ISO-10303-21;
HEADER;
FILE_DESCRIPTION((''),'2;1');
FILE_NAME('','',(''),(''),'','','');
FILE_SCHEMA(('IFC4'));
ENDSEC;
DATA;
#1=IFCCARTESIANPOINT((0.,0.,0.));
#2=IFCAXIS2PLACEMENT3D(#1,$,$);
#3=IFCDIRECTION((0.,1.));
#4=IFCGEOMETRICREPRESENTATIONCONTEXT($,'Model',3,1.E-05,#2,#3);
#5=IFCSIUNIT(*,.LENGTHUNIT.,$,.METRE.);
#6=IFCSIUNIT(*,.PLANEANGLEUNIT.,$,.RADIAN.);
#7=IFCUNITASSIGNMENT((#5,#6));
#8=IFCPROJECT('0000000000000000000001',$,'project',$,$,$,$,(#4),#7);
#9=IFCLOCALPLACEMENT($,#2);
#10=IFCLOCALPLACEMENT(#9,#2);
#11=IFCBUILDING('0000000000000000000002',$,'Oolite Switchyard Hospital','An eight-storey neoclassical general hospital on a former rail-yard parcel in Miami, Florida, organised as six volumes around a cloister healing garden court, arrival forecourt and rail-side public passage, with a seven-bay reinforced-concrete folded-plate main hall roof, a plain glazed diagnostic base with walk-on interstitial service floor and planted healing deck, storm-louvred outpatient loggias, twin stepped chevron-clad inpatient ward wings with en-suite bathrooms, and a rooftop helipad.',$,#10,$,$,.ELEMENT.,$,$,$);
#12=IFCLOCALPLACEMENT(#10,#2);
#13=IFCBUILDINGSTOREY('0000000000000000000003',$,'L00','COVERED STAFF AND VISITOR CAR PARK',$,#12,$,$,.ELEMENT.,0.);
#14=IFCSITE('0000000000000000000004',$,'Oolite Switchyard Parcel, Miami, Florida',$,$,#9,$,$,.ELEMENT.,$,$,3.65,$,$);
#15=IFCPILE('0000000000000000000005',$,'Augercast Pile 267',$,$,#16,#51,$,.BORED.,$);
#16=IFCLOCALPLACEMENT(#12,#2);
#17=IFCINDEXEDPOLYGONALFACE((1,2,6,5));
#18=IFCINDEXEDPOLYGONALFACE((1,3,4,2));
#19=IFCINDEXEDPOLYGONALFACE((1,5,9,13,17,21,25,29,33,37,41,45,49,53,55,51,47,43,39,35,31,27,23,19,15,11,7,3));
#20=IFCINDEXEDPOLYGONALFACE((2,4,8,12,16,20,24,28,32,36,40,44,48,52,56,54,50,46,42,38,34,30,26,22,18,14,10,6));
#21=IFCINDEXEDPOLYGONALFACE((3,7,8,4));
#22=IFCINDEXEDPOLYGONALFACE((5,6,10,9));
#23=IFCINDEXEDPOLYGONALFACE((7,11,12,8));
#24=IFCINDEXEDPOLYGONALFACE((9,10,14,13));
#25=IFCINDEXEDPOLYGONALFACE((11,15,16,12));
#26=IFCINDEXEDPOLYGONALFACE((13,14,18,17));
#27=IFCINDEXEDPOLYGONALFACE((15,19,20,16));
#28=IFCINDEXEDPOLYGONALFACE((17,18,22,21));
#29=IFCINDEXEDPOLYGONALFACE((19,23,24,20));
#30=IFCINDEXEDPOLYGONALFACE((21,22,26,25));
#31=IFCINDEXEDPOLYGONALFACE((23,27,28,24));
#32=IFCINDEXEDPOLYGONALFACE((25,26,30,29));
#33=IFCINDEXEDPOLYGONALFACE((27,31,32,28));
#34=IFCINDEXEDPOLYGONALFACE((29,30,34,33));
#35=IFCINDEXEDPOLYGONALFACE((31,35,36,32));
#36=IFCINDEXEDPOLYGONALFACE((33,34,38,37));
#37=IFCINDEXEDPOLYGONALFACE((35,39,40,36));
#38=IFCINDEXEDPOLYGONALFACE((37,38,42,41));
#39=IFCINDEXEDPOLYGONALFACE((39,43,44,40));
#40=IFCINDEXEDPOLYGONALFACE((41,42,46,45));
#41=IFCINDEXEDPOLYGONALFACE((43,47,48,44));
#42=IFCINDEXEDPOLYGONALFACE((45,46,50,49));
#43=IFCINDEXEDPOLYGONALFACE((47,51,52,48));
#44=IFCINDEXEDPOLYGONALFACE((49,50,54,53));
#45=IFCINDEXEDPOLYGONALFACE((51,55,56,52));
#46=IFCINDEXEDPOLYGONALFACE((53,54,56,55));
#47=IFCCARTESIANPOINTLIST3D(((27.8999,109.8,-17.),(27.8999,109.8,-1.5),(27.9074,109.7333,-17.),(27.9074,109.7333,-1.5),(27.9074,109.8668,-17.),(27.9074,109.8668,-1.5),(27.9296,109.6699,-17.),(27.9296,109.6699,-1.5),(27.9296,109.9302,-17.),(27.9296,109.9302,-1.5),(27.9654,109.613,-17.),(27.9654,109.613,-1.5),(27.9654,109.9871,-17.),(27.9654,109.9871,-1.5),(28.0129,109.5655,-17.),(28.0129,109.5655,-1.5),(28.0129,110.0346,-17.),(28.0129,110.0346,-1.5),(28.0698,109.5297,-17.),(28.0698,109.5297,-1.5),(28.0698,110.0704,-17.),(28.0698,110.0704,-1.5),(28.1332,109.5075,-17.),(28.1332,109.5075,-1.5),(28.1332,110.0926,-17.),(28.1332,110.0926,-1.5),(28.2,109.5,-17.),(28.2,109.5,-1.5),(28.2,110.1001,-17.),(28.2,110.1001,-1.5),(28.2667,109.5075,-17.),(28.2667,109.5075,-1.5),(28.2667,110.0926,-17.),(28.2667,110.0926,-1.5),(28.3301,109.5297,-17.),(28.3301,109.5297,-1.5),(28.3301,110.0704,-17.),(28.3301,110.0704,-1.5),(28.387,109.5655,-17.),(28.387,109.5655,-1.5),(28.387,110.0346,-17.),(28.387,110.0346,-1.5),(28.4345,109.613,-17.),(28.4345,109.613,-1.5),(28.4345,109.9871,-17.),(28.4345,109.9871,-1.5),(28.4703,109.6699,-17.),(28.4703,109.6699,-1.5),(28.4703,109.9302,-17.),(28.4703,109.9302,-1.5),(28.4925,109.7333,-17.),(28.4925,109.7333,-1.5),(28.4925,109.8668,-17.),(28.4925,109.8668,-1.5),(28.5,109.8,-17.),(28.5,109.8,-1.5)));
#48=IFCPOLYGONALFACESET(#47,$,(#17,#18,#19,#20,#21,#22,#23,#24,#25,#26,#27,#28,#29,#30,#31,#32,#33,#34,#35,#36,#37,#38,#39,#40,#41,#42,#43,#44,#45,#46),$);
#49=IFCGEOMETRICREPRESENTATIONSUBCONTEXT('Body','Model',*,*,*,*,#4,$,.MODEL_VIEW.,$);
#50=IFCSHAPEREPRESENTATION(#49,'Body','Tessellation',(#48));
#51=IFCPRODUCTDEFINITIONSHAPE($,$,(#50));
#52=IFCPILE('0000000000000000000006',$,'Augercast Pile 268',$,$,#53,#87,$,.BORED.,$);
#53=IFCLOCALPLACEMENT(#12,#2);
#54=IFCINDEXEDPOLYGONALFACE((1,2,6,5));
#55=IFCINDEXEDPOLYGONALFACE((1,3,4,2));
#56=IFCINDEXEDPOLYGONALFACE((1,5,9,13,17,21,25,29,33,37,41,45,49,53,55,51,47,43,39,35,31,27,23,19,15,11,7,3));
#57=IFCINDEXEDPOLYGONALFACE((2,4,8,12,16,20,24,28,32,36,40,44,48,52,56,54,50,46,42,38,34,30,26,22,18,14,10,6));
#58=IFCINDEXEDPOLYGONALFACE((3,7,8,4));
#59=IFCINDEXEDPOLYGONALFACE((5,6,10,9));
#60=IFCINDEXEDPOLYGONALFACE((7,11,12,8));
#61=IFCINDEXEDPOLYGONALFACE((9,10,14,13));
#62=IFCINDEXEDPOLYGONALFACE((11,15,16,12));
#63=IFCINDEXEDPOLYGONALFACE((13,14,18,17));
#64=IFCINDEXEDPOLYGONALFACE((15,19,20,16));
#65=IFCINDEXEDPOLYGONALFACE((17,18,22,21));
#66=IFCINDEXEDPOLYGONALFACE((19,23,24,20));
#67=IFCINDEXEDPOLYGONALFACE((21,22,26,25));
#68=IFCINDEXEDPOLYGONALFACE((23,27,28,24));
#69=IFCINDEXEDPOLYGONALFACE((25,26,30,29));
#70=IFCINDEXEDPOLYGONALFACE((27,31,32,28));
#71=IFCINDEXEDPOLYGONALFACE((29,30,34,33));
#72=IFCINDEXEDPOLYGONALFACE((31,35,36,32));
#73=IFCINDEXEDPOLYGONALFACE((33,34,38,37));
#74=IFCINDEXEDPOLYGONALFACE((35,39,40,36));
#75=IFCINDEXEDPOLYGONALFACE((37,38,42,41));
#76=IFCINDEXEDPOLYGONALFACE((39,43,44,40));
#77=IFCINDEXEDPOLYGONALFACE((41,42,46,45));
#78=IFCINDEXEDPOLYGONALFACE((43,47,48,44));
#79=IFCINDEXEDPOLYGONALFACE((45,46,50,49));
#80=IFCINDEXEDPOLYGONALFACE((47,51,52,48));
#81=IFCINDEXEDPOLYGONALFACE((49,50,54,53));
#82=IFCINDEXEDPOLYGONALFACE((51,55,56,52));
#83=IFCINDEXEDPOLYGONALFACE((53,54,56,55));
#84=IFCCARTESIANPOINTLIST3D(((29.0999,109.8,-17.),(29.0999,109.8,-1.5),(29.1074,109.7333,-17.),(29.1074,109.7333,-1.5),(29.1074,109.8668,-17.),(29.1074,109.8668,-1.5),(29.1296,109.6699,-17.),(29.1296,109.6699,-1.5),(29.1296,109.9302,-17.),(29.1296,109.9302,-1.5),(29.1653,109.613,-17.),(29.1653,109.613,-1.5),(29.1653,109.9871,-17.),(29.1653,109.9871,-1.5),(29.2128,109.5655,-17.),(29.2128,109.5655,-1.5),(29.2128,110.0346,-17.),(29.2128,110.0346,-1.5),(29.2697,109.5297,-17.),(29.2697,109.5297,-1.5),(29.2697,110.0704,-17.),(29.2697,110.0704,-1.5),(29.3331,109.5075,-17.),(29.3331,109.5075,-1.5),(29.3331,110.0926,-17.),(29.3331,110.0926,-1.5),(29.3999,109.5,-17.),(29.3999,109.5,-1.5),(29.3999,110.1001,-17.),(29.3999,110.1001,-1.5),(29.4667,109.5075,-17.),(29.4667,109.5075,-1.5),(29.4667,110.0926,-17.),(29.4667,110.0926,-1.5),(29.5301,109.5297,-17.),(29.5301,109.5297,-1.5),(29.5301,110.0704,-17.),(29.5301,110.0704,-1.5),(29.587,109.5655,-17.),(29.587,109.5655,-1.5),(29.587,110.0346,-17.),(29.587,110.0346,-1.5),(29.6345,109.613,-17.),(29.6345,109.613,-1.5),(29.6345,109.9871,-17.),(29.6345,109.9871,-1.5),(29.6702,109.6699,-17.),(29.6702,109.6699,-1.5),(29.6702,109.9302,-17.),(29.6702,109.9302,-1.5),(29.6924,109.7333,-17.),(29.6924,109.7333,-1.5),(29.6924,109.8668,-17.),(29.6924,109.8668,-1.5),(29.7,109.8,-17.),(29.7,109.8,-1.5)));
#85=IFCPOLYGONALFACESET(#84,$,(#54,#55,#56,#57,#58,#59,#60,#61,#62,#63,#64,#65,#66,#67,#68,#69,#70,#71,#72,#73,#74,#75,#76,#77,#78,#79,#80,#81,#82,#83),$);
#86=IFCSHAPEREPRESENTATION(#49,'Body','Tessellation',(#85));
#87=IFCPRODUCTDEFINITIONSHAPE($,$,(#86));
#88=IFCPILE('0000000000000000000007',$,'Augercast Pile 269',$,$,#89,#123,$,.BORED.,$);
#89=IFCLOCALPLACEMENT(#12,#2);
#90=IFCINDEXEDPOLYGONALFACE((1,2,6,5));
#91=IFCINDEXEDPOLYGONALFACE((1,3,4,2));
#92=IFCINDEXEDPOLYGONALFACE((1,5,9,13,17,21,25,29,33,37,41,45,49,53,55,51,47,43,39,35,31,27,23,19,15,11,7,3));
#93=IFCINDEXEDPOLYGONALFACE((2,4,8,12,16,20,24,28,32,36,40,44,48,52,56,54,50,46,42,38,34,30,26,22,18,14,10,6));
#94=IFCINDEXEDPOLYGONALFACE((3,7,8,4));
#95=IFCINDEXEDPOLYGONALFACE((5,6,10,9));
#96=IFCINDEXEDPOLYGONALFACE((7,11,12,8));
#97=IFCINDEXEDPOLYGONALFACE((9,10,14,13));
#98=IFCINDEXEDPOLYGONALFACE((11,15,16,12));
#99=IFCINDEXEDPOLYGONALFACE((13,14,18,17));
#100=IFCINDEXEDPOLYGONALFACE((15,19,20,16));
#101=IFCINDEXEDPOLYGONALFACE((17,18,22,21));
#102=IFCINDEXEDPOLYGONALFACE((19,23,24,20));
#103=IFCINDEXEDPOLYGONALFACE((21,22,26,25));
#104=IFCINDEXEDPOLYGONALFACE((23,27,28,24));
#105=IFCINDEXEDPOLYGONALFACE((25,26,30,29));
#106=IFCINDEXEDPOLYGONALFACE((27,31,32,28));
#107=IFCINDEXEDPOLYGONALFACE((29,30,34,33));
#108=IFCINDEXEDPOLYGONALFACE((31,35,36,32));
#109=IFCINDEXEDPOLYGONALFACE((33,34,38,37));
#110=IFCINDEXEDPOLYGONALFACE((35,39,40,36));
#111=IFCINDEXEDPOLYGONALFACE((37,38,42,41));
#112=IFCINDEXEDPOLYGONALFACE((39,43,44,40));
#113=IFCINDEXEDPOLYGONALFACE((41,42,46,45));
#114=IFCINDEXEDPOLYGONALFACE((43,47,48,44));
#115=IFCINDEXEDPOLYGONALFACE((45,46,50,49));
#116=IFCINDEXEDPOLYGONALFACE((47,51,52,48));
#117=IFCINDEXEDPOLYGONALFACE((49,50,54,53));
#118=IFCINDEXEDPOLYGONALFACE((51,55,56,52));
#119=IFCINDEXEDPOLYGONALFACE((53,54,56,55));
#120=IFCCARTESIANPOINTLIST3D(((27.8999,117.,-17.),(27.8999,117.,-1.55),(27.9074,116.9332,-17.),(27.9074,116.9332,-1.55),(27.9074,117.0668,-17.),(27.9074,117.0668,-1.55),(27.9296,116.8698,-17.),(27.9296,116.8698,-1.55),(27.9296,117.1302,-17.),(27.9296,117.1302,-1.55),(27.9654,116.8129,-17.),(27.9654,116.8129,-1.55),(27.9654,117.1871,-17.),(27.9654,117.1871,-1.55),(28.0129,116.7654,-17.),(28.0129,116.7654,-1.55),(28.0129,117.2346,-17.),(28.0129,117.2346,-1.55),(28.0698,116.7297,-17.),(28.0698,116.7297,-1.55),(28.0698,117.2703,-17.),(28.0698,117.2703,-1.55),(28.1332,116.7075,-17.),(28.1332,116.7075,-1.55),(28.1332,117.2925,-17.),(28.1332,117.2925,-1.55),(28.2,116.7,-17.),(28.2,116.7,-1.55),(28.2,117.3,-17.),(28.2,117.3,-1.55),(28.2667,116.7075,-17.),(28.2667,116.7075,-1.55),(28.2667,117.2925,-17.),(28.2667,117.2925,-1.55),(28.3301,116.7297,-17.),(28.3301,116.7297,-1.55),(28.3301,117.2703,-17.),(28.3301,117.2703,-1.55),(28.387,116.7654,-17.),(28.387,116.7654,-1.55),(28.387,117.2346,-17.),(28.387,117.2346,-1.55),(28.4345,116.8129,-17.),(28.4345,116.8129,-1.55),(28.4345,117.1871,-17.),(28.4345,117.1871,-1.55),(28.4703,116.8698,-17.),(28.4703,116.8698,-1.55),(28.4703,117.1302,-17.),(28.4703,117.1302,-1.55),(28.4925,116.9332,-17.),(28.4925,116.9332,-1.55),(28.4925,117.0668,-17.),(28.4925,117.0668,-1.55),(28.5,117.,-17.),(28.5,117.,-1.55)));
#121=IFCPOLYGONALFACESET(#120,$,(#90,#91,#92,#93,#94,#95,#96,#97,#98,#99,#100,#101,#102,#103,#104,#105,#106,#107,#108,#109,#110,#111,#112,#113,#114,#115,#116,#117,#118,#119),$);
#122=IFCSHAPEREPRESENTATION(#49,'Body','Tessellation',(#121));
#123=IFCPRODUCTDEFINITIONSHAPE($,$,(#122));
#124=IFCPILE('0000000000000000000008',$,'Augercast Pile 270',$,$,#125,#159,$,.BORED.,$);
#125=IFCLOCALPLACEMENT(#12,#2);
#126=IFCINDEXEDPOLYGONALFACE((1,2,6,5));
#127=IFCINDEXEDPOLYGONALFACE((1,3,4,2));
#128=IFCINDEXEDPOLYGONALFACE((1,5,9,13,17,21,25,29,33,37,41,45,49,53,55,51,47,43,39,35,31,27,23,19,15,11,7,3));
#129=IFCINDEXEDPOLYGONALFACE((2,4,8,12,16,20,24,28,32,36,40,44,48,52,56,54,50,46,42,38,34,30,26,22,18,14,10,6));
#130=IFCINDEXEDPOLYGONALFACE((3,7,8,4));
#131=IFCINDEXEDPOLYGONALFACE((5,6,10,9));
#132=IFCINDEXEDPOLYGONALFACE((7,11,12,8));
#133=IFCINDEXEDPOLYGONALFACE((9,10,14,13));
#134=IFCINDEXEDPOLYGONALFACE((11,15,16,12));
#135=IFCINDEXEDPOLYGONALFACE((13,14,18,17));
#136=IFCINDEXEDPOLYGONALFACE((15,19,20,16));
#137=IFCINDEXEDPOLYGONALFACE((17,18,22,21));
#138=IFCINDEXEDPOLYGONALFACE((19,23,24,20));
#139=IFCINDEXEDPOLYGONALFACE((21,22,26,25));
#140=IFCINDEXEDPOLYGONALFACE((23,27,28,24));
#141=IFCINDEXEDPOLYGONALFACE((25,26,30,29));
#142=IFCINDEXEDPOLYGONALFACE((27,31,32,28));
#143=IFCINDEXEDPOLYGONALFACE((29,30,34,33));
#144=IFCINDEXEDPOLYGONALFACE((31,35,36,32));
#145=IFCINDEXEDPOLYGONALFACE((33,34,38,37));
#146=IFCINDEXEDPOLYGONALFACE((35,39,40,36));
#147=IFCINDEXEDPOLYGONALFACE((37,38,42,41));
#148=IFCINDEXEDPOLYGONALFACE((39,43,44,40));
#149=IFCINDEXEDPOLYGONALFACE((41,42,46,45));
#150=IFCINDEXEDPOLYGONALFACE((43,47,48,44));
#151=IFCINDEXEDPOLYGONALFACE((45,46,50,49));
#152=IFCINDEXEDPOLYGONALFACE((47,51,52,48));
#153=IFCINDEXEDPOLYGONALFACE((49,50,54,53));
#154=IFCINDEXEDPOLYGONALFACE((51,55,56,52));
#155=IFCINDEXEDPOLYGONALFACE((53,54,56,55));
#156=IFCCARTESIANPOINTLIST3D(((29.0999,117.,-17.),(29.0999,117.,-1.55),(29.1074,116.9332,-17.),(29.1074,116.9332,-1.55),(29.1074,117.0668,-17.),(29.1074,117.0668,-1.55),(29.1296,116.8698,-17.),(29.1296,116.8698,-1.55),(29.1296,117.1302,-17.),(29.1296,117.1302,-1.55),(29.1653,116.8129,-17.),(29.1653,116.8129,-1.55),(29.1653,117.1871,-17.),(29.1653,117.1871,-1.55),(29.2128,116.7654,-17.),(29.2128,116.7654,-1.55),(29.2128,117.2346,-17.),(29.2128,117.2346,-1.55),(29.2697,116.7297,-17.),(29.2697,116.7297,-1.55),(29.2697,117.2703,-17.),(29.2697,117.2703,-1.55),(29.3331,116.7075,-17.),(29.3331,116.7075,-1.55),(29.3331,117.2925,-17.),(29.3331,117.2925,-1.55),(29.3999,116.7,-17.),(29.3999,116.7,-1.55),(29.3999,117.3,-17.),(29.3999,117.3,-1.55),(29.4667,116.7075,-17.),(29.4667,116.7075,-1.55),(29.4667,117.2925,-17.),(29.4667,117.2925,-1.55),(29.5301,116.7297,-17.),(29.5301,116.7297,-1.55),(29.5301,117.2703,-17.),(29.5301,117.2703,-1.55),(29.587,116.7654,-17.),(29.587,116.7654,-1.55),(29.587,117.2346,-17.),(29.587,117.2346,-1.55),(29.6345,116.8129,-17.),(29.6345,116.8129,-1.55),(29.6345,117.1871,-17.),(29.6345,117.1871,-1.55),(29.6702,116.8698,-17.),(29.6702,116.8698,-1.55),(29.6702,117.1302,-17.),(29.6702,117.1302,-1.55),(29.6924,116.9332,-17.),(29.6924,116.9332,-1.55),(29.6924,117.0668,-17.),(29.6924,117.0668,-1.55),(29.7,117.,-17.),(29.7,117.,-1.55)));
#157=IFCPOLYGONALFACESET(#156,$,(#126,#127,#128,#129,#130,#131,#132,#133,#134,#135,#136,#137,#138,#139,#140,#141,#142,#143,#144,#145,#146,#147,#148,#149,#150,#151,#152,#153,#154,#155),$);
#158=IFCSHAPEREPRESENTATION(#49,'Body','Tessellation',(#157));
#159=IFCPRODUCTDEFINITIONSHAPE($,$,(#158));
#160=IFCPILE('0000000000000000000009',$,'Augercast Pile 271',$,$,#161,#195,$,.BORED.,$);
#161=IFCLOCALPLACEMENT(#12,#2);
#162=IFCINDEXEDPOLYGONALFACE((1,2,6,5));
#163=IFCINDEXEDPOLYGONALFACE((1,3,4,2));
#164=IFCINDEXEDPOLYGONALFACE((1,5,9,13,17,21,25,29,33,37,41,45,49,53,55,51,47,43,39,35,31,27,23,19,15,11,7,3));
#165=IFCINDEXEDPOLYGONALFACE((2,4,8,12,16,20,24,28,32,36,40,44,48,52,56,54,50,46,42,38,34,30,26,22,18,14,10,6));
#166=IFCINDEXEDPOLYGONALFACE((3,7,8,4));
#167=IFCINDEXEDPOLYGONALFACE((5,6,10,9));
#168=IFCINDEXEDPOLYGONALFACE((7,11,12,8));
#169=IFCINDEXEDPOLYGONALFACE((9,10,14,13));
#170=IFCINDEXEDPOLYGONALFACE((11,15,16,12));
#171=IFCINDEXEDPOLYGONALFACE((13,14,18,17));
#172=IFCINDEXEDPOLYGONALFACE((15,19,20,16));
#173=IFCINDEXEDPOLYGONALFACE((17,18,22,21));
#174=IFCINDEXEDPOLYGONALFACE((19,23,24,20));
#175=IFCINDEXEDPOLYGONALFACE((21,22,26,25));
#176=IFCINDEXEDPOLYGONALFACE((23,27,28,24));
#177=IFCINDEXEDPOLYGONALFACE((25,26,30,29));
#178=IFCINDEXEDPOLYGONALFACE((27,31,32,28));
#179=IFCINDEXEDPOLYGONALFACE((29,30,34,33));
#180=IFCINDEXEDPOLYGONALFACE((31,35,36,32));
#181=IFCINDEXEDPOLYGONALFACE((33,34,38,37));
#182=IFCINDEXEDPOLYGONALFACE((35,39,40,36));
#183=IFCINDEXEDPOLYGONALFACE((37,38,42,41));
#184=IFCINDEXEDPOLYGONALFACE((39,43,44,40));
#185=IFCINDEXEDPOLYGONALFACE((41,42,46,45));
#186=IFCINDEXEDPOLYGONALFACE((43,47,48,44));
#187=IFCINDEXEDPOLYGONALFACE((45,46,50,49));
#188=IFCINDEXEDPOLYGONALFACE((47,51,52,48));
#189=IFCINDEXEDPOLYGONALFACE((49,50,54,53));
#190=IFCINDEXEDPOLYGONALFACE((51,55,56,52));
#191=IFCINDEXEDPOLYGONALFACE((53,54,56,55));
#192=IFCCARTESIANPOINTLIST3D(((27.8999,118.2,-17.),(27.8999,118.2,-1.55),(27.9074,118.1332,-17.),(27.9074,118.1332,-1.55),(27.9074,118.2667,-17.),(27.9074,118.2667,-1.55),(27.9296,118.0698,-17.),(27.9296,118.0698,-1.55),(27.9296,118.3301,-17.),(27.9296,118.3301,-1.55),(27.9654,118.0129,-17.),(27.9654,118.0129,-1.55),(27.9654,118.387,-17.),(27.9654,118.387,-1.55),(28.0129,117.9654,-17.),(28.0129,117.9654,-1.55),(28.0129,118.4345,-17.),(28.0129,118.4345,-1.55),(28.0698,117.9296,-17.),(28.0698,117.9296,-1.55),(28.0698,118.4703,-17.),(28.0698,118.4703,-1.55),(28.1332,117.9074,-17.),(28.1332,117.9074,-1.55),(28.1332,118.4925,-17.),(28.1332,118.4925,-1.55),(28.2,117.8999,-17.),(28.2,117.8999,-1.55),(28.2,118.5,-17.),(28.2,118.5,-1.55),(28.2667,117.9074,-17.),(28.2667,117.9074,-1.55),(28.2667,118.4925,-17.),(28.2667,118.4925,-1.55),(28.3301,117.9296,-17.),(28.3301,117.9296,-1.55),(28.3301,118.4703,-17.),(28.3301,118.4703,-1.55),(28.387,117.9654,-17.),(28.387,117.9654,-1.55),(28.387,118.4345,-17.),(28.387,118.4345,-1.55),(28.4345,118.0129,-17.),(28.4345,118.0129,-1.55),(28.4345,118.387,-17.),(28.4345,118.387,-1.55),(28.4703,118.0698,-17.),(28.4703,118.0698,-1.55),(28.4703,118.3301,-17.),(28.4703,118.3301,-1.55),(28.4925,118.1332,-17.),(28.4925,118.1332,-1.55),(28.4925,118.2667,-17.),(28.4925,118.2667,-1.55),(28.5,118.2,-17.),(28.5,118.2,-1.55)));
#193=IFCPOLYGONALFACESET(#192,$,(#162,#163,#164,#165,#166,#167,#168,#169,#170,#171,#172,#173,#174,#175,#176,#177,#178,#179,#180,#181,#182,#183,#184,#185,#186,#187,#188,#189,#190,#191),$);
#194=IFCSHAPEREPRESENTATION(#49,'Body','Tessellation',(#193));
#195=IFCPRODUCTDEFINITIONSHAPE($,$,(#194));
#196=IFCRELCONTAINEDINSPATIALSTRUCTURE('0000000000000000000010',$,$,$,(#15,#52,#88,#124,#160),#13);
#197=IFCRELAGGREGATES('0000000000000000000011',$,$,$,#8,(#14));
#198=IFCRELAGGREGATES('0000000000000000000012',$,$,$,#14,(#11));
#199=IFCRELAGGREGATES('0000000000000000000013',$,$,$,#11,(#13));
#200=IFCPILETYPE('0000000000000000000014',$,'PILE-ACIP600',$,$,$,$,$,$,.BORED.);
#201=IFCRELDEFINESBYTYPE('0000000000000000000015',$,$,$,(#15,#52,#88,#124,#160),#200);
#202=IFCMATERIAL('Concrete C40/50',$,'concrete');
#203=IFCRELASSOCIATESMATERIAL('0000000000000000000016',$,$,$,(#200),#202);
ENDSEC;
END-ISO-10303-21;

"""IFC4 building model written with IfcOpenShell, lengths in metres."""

from ifc_helpers import new_model, si_unit, direction, frame, origin, origin_2d, place, context, subcontext, project, spatial, circle, extrude, material, material_profile, profile_set, type_object, element, save


model = new_model("IFC4")

# Units and contexts
model_context = context("Model", 3, precision=1e-05, world=origin(), true_north=direction((0.0, 1.0)))
body_context = subcontext(model_context, "Body", "Model", "MODEL_VIEW")
ifc_project = project(units=[si_unit("LENGTHUNIT", "METRE"), si_unit("PLANEANGLEUNIT", "RADIAN")], contexts=[model_context])

# Site, building, storey
site_placement = place(None, origin())
site = spatial("IfcSite", under=ifc_project, at=site_placement, Name="Oolite Switchyard Parcel, Miami, Florida", CompositionType="ELEMENT", RefElevation=3.65)
building_placement = place(site_placement, origin())
building = spatial("IfcBuilding", under=site, at=building_placement, Name="Oolite Switchyard Hospital", Description="An eight-storey neoclassical general hospital on a former rail-yard parcel in Miami, Florida, organised as six volumes around a cloister healing garden court, arrival forecourt and rail-side public passage, with a seven-bay reinforced-concrete folded-plate main hall roof, a plain glazed diagnostic base with walk-on interstitial service floor and planted healing deck, storm-louvred outpatient loggias, twin stepped chevron-clad inpatient ward wings with en-suite bathrooms, and a rooftop helipad.", CompositionType="ELEMENT")
storey_placement = place(building_placement, origin())
storey = spatial("IfcBuildingStorey", under=building, at=storey_placement, Name="L00", Description="COVERED STAFF AND VISITOR CAR PARK", CompositionType="ELEMENT", Elevation=0.0)

# Shared definitions
ifc_material_1 = material(Name="Concrete C40/50", Category="concrete")

# Piles
ifc_material_profile_1 = material_profile(ifc_material_1, circle(Radius=0.3, at=origin_2d()), Name="PILE600")
ifc_profile_set_1 = profile_set([ifc_material_profile_1], Name="Concrete C40/50")
pile_type = type_object("IfcPileType", Name="PILE-ACIP600", PredefinedType="BORED", material=ifc_profile_set_1)
for number, where, z_axis, x_axis, name in (
    (1, (28.2, 109.8, -1.5), (0.0, 0.0, -1.0), (1.0, 0.0, 0.0), "Augercast Pile 267"),
    (2, (29.3999, 109.8, -1.5), (0.0, 0.0, -1.0), (1.0, 0.0, 0.0), "Augercast Pile 268"),
):
    element("IfcPile", number, at=place(storey_placement, frame(where, z_axis=z_axis, x_axis=x_axis)), inside=storey, type_object=pile_type, Name=name, PredefinedType="BORED", context=body_context, shape_type="SweptSolid", body=[
        extrude(circle(Radius=0.3, at=origin_2d()), origin(), (0.0, 0.0, 1.0), 15.5),
    ])
for number, where, z_axis, x_axis, name in (
    (3, (28.2, 117.0, -1.55), (0.0, 0.0, -1.0), (1.0, 0.0, 0.0), "Augercast Pile 269"),
    (4, (29.3999, 117.0, -1.55), (0.0, 0.0, -1.0), (1.0, 0.0, 0.0), "Augercast Pile 270"),
    (5, (28.2, 118.2, -1.55), (0.0, 0.0, -1.0), (1.0, 0.0, 0.0), "Augercast Pile 271"),
):
    element("IfcPile", number, at=place(storey_placement, frame(where, z_axis=z_axis, x_axis=x_axis)), inside=storey, type_object=pile_type, Name=name, PredefinedType="BORED", context=body_context, shape_type="SweptSolid", body=[
        extrude(circle(Radius=0.3, at=origin_2d()), origin(), (0.0, 0.0, 1.0), 15.45),
    ])

save(model, "model.ifc")
